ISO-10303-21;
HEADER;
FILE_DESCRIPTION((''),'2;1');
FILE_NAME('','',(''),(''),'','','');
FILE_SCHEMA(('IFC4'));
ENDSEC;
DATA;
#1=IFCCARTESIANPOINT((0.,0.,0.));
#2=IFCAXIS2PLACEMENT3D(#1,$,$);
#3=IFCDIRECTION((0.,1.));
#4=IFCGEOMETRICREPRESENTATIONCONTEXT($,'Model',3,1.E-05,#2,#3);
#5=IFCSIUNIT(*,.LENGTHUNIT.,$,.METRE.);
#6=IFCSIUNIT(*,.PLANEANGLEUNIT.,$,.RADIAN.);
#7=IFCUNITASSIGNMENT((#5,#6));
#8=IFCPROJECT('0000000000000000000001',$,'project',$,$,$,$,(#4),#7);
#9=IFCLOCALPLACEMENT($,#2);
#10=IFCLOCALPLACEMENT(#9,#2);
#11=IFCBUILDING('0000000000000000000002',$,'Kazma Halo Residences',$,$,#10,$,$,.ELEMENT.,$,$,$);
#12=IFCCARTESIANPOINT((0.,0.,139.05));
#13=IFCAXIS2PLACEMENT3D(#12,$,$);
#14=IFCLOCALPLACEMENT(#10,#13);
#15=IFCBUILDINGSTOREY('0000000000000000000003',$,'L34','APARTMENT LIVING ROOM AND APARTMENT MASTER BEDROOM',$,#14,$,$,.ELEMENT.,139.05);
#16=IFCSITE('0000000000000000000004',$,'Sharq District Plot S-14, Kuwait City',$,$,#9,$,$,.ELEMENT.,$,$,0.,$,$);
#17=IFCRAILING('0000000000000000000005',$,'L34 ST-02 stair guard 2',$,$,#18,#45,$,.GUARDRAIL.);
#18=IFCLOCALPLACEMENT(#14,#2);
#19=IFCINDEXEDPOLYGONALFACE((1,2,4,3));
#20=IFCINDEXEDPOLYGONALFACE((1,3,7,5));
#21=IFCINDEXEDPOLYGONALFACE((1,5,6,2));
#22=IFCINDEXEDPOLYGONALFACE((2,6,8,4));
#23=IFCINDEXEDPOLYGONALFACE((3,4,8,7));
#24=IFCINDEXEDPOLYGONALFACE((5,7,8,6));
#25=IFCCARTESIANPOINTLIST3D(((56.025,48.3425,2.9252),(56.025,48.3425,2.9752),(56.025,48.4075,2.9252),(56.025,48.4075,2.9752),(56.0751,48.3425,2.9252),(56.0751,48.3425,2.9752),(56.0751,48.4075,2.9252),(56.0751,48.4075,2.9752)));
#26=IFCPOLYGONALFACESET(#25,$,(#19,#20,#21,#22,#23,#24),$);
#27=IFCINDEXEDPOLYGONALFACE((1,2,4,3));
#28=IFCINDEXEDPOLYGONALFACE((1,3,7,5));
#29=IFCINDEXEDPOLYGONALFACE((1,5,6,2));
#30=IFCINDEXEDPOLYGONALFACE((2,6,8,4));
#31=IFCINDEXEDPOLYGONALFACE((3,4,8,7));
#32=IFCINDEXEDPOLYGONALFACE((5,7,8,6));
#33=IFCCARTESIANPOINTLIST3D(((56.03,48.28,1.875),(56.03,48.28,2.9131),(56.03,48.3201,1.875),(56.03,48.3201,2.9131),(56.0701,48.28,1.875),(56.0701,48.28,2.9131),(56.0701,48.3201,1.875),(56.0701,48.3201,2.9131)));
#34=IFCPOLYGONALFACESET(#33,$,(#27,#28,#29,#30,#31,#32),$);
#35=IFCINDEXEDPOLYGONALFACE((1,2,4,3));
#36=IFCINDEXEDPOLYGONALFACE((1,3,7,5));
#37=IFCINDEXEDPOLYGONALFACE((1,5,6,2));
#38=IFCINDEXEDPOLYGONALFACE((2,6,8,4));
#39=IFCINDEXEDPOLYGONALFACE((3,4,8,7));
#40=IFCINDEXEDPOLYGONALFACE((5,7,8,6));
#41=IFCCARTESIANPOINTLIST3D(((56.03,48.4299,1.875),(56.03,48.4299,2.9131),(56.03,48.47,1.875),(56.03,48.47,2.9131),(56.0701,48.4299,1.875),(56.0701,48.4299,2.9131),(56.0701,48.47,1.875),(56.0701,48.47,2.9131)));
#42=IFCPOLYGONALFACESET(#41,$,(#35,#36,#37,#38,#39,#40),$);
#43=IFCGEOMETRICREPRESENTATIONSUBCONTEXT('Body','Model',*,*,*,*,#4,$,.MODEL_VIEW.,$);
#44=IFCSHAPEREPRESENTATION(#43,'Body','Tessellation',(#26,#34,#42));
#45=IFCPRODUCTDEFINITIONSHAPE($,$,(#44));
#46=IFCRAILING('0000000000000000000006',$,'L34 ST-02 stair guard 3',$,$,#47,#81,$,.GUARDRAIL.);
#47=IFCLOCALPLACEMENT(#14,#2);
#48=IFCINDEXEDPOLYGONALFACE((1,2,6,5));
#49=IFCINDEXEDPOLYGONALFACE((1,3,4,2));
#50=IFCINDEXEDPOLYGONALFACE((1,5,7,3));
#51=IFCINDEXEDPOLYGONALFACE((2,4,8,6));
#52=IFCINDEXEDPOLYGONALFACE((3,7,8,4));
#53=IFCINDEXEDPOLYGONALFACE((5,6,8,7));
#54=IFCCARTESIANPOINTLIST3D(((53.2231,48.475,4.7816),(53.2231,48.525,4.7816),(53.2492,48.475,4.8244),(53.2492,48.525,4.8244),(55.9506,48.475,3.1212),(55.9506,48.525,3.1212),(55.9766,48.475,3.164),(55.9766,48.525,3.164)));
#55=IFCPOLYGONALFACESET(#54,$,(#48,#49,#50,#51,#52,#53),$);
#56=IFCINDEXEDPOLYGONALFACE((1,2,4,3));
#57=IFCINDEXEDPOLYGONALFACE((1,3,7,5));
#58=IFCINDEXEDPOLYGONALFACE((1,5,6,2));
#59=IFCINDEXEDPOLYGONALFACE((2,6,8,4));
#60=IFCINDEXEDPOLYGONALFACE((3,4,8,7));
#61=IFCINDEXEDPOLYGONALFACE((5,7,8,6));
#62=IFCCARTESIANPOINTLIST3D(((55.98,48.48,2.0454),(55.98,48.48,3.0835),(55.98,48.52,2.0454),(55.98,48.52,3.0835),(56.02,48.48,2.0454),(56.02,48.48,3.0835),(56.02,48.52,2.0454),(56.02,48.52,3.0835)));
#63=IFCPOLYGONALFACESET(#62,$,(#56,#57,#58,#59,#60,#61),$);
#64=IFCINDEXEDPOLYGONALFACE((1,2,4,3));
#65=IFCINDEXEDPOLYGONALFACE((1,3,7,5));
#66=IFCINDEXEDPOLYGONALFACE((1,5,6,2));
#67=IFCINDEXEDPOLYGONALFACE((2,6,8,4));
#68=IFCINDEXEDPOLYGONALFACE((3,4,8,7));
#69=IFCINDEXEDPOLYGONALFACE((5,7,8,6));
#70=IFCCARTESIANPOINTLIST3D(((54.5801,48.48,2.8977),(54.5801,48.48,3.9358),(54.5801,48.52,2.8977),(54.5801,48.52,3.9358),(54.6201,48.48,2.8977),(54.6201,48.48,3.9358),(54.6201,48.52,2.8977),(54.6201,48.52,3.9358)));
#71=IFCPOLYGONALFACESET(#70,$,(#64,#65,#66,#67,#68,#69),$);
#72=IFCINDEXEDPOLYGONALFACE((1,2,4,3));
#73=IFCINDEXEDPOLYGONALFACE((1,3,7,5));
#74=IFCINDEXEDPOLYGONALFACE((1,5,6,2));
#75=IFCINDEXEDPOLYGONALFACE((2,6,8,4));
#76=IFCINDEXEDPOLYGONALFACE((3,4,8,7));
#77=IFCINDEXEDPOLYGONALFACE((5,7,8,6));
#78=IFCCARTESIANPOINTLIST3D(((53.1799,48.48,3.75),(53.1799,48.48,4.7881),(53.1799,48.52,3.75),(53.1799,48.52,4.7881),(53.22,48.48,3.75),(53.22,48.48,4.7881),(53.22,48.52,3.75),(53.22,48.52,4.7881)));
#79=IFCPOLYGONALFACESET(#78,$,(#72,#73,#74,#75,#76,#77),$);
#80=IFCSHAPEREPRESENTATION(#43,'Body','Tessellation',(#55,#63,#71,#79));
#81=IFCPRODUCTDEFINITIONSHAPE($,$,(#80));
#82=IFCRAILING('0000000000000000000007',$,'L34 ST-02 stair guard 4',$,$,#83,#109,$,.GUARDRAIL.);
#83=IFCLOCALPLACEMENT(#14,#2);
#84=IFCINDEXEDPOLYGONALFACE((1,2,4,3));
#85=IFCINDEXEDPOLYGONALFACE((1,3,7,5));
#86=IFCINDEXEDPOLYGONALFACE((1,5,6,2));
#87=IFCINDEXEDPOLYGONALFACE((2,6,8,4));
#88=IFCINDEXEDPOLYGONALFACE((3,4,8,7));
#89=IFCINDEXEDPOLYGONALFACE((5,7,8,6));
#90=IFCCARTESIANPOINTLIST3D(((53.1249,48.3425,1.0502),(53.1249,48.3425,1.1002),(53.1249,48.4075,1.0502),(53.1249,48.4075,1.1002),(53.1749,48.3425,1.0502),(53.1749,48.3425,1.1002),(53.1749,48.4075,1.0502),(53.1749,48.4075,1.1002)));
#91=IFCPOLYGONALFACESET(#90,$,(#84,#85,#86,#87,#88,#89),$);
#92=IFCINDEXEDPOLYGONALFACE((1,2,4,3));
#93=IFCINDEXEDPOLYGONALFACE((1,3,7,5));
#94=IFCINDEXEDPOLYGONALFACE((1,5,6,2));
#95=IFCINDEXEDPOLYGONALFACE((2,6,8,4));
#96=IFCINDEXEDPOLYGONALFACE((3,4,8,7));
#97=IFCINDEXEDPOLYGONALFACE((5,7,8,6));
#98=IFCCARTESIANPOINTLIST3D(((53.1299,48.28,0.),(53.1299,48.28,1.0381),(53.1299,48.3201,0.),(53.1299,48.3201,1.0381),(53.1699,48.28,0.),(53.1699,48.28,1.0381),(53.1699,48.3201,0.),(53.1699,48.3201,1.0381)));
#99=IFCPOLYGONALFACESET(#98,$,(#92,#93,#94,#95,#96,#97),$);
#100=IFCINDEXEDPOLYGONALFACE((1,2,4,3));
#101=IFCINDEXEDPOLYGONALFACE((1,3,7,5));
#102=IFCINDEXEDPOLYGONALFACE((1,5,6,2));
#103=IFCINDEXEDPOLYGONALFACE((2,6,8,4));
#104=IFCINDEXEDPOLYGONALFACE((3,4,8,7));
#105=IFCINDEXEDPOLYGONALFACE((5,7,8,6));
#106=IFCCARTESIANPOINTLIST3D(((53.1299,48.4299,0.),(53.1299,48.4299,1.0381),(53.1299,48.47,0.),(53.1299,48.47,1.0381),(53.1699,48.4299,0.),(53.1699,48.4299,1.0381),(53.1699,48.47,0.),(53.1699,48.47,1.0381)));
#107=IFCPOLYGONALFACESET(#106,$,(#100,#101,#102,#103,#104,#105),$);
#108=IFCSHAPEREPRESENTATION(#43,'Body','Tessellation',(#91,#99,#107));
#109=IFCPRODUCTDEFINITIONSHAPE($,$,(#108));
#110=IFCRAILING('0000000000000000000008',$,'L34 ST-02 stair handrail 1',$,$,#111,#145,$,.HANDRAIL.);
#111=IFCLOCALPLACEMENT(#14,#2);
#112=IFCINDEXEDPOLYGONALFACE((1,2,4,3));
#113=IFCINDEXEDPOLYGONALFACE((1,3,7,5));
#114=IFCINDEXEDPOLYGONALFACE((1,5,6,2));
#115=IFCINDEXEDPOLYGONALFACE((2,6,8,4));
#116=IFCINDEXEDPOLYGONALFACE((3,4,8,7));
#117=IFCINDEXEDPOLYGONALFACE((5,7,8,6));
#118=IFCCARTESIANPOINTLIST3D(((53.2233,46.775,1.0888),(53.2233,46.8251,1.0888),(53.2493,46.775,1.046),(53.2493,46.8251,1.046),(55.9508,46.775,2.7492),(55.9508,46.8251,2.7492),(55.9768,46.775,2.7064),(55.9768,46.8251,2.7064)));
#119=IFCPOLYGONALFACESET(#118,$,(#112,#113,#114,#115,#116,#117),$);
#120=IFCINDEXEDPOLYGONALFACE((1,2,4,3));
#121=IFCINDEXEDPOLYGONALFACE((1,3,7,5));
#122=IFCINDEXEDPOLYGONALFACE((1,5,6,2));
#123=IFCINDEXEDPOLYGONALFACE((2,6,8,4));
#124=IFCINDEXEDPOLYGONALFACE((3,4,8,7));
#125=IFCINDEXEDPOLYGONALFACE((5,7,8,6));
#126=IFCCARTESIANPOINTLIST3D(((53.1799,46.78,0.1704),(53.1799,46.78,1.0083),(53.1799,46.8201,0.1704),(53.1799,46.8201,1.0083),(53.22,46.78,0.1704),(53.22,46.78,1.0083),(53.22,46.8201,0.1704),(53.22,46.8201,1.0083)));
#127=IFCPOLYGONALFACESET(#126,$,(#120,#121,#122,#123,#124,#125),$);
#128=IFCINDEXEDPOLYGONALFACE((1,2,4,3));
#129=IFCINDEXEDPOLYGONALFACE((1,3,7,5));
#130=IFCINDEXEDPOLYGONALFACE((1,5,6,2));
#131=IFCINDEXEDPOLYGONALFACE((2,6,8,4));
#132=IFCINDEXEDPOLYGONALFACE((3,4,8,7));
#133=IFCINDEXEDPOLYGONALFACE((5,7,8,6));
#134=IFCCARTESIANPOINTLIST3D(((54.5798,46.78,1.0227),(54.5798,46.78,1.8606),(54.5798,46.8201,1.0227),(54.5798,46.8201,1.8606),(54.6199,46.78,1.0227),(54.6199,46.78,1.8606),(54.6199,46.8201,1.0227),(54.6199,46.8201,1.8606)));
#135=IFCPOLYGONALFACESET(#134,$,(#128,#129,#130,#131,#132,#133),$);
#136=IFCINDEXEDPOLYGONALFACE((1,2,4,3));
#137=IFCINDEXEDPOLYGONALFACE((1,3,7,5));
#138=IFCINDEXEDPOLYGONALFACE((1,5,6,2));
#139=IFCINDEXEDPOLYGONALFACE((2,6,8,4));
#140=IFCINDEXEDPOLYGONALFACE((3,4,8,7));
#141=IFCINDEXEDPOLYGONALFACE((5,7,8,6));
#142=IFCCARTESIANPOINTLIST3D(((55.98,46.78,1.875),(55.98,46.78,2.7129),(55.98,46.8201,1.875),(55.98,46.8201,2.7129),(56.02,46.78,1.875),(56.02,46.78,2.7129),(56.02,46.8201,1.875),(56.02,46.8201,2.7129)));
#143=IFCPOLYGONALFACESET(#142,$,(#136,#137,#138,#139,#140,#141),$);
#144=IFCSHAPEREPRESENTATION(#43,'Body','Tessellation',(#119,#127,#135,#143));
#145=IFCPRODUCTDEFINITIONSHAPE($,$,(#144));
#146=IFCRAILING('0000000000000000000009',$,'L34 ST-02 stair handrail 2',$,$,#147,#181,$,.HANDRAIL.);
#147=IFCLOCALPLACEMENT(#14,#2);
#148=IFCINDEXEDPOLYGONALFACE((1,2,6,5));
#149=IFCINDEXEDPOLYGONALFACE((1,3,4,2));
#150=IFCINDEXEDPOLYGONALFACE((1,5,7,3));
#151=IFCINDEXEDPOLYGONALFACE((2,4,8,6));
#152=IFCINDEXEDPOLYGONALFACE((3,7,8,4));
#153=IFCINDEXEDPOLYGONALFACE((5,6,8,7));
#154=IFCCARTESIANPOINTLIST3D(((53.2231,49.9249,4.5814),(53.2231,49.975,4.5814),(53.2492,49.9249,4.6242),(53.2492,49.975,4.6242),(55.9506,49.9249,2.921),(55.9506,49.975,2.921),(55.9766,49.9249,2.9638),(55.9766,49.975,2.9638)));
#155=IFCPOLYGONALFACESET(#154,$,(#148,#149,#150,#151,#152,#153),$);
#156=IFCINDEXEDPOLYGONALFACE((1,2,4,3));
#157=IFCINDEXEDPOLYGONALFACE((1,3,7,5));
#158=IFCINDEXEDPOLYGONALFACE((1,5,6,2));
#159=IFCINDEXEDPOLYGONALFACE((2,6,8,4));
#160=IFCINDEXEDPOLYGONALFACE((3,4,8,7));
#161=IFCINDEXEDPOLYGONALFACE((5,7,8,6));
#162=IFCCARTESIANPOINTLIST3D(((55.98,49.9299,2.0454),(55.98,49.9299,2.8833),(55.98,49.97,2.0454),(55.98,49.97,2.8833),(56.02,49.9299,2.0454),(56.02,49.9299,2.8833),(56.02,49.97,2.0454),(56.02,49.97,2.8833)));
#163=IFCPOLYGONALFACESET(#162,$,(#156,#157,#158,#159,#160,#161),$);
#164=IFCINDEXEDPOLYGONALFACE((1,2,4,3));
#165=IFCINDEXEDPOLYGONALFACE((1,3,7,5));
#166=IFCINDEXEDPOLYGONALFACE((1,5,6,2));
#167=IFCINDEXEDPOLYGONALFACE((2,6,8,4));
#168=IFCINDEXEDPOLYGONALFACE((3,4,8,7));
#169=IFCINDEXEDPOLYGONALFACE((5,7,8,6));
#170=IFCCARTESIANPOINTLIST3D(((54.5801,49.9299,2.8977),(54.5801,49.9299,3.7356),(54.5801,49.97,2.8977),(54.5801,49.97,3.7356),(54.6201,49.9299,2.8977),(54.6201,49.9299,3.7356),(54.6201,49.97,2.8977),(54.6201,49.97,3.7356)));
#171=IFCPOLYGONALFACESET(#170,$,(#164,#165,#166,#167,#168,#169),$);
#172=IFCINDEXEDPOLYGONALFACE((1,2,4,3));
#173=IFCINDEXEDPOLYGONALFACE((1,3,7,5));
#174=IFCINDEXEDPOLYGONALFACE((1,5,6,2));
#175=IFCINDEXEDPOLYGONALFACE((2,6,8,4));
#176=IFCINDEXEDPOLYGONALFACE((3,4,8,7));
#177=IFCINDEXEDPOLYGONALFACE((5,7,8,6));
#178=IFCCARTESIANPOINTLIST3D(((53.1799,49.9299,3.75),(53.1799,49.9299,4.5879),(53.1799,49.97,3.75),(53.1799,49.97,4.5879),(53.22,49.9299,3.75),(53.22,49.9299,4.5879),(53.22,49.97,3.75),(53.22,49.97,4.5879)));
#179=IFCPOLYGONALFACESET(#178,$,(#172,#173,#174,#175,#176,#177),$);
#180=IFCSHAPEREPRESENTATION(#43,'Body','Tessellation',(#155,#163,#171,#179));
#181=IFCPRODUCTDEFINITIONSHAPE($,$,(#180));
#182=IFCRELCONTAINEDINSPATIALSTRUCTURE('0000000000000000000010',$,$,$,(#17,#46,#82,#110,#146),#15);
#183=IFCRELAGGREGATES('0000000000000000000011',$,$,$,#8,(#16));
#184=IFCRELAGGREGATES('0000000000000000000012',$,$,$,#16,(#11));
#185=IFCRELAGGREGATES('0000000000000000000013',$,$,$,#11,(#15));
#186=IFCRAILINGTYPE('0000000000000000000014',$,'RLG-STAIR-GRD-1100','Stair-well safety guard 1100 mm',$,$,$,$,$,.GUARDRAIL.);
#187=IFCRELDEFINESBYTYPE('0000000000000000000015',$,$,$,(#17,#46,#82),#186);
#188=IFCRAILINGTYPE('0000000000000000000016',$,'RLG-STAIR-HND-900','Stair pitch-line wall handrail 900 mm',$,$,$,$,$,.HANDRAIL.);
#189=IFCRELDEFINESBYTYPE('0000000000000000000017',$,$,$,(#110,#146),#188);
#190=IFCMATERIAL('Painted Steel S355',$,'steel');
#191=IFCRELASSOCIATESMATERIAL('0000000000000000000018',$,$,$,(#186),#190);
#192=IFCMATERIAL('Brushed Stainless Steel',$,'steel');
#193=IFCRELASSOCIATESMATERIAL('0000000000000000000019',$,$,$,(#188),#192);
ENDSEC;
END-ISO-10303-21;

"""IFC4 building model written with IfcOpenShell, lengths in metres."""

from ifc_helpers import new_model, si_unit, direction, frame, origin, origin_2d, place, context, subcontext, project, spatial, rectangle, extrude, material, type_object, element, save


model = new_model("IFC4")

# Units and contexts
model_context = context("Model", 3, precision=1e-05, world=origin(), true_north=direction((0.0, 1.0)))
body_context = subcontext(model_context, "Body", "Model", "MODEL_VIEW")
ifc_project = project(units=[si_unit("LENGTHUNIT", "METRE"), si_unit("PLANEANGLEUNIT", "RADIAN")], contexts=[model_context])

# Site, building, storey
site_placement = place(None, origin())
site = spatial("IfcSite", under=ifc_project, at=site_placement, Name="Sharq District Plot S-14, Kuwait City", CompositionType="ELEMENT", RefElevation=0.0)
building_placement = place(site_placement, origin())
building = spatial("IfcBuilding", under=site, at=building_placement, Name="Kazma Halo Residences", CompositionType="ELEMENT")
storey_placement = place(building_placement, frame((0.0, 0.0, 139.05)))
storey = spatial("IfcBuildingStorey", under=building, at=storey_placement, Name="L34", Description="APARTMENT LIVING ROOM AND APARTMENT MASTER BEDROOM", CompositionType="ELEMENT", Elevation=139.05)

# Railings
ifc_material_1 = material(Name="Painted Steel S355", Category="steel")
railing_type_1 = type_object("IfcRailingType", Name="RLG-STAIR-GRD-1100", Description="Stair-well safety guard 1100 mm", PredefinedType="GUARDRAIL", material=ifc_material_1)
railing_1_placement = place(storey_placement, frame((56.05, 48.3, 1.875)))
element("IfcRailing", 1, at=railing_1_placement, inside=storey, type_object=railing_type_1, Name="L34 ST-02 stair guard 2", PredefinedType="GUARDRAIL", context=body_context, shape_type="SweptSolid", body=[
    extrude(rectangle(XDim=0.05, YDim=0.05, at=origin_2d()), frame((0.0, 0.0425, 1.0752), z_axis=(0.0, 1.0, 0.0), x_axis=(-1.0, 0.0, 0.0)), (0.0, 0.0, 1.0), 0.0649),
    extrude(rectangle(XDim=0.04, YDim=0.04, at=origin_2d()), origin(), (0.0, 0.0, 1.0), 1.0381),
    extrude(rectangle(XDim=0.04, YDim=0.04, at=origin_2d()), frame((0.0, 0.1499, 0.0)), (0.0, 0.0, 1.0), 1.0381),
])
railing_2_placement = place(storey_placement, frame((56.0, 48.5, 2.0454)))
element("IfcRailing", 2, at=railing_2_placement, inside=storey, type_object=railing_type_1, Name="L34 ST-02 stair guard 3", PredefinedType="GUARDRAIL", context=body_context, shape_type="SweptSolid", body=[
    extrude(rectangle(XDim=0.05, YDim=0.05, at=origin_2d()), frame((-0.0364, 0.0, 1.0972), z_axis=(-0.85417, 0.0, 0.519994), x_axis=(0.0, -1.0, 0.0)), (0.0, 0.0, 1.0), 3.1931),
    extrude(rectangle(XDim=0.04, YDim=0.04, at=origin_2d()), origin(), (0.0, 0.0, 1.0), 1.0381),
    extrude(rectangle(XDim=0.04, YDim=0.04, at=origin_2d()), frame((-1.3999, 0.0, 0.8523)), (0.0, 0.0, 1.0), 1.0381),
    extrude(rectangle(XDim=0.04, YDim=0.04, at=origin_2d()), frame((-2.8, 0.0, 1.7046)), (0.0, 0.0, 1.0), 1.0381),
])
railing_3_placement = place(storey_placement, frame((53.1499, 48.3, 0.0)))
element("IfcRailing", 3, at=railing_3_placement, inside=storey, type_object=railing_type_1, Name="L34 ST-02 stair guard 4", PredefinedType="GUARDRAIL", context=body_context, shape_type="SweptSolid", body=[
    extrude(rectangle(XDim=0.05, YDim=0.05, at=origin_2d()), frame((0.0, 0.0425, 1.0752), z_axis=(0.0, 1.0, 0.0), x_axis=(-1.0, 0.0, 0.0)), (0.0, 0.0, 1.0), 0.0649),
    extrude(rectangle(XDim=0.04, YDim=0.04, at=origin_2d()), origin(), (0.0, 0.0, 1.0), 1.0381),
    extrude(rectangle(XDim=0.04, YDim=0.04, at=origin_2d()), frame((0.0, 0.1499, 0.0)), (0.0, 0.0, 1.0), 1.0381),
])
ifc_material_2 = material(Name="Brushed Stainless Steel", Category="steel")
railing_type_2 = type_object("IfcRailingType", Name="RLG-STAIR-HND-900", Description="Stair pitch-line wall handrail 900 mm", PredefinedType="HANDRAIL", material=ifc_material_2)
railing_4_placement = place(storey_placement, frame((53.2, 46.8, 0.1704)))
element("IfcRailing", 4, at=railing_4_placement, inside=storey, type_object=railing_type_2, Name="L34 ST-02 stair handrail 1", PredefinedType="HANDRAIL", context=body_context, shape_type="SweptSolid", body=[
    extrude(rectangle(XDim=0.05, YDim=0.05, at=origin_2d()), frame((0.0364, 0.0, 0.897), z_axis=(0.85417, 0.0, 0.519994), x_axis=(0.0, 1.0, 0.0)), (0.0, 0.0, 1.0), 3.1931),
    extrude(rectangle(XDim=0.04, YDim=0.04, at=origin_2d()), origin(), (0.0, 0.0, 1.0), 0.8379),
    extrude(rectangle(XDim=0.04, YDim=0.04, at=origin_2d()), frame((1.3999, 0.0, 0.8523)), (0.0, 0.0, 1.0), 0.8379),
    extrude(rectangle(XDim=0.04, YDim=0.04, at=origin_2d()), frame((2.8, 0.0, 1.7046)), (0.0, 0.0, 1.0), 0.8379),
])
railing_5_placement = place(storey_placement, frame((56.0, 49.95, 2.0454)))
element("IfcRailing", 5, at=railing_5_placement, inside=storey, type_object=railing_type_2, Name="L34 ST-02 stair handrail 2", PredefinedType="HANDRAIL", context=body_context, shape_type="SweptSolid", body=[
    extrude(rectangle(XDim=0.05, YDim=0.05, at=origin_2d()), frame((-0.0364, 0.0, 0.897), z_axis=(-0.85417, 0.0, 0.519994), x_axis=(0.0, -1.0, 0.0)), (0.0, 0.0, 1.0), 3.1931),
    extrude(rectangle(XDim=0.04, YDim=0.04, at=origin_2d()), origin(), (0.0, 0.0, 1.0), 0.8379),
    extrude(rectangle(XDim=0.04, YDim=0.04, at=origin_2d()), frame((-1.3999, 0.0, 0.8523)), (0.0, 0.0, 1.0), 0.8379),
    extrude(rectangle(XDim=0.04, YDim=0.04, at=origin_2d()), frame((-2.8, 0.0, 1.7046)), (0.0, 0.0, 1.0), 0.8379),
])

save(model, "model.ifc")
